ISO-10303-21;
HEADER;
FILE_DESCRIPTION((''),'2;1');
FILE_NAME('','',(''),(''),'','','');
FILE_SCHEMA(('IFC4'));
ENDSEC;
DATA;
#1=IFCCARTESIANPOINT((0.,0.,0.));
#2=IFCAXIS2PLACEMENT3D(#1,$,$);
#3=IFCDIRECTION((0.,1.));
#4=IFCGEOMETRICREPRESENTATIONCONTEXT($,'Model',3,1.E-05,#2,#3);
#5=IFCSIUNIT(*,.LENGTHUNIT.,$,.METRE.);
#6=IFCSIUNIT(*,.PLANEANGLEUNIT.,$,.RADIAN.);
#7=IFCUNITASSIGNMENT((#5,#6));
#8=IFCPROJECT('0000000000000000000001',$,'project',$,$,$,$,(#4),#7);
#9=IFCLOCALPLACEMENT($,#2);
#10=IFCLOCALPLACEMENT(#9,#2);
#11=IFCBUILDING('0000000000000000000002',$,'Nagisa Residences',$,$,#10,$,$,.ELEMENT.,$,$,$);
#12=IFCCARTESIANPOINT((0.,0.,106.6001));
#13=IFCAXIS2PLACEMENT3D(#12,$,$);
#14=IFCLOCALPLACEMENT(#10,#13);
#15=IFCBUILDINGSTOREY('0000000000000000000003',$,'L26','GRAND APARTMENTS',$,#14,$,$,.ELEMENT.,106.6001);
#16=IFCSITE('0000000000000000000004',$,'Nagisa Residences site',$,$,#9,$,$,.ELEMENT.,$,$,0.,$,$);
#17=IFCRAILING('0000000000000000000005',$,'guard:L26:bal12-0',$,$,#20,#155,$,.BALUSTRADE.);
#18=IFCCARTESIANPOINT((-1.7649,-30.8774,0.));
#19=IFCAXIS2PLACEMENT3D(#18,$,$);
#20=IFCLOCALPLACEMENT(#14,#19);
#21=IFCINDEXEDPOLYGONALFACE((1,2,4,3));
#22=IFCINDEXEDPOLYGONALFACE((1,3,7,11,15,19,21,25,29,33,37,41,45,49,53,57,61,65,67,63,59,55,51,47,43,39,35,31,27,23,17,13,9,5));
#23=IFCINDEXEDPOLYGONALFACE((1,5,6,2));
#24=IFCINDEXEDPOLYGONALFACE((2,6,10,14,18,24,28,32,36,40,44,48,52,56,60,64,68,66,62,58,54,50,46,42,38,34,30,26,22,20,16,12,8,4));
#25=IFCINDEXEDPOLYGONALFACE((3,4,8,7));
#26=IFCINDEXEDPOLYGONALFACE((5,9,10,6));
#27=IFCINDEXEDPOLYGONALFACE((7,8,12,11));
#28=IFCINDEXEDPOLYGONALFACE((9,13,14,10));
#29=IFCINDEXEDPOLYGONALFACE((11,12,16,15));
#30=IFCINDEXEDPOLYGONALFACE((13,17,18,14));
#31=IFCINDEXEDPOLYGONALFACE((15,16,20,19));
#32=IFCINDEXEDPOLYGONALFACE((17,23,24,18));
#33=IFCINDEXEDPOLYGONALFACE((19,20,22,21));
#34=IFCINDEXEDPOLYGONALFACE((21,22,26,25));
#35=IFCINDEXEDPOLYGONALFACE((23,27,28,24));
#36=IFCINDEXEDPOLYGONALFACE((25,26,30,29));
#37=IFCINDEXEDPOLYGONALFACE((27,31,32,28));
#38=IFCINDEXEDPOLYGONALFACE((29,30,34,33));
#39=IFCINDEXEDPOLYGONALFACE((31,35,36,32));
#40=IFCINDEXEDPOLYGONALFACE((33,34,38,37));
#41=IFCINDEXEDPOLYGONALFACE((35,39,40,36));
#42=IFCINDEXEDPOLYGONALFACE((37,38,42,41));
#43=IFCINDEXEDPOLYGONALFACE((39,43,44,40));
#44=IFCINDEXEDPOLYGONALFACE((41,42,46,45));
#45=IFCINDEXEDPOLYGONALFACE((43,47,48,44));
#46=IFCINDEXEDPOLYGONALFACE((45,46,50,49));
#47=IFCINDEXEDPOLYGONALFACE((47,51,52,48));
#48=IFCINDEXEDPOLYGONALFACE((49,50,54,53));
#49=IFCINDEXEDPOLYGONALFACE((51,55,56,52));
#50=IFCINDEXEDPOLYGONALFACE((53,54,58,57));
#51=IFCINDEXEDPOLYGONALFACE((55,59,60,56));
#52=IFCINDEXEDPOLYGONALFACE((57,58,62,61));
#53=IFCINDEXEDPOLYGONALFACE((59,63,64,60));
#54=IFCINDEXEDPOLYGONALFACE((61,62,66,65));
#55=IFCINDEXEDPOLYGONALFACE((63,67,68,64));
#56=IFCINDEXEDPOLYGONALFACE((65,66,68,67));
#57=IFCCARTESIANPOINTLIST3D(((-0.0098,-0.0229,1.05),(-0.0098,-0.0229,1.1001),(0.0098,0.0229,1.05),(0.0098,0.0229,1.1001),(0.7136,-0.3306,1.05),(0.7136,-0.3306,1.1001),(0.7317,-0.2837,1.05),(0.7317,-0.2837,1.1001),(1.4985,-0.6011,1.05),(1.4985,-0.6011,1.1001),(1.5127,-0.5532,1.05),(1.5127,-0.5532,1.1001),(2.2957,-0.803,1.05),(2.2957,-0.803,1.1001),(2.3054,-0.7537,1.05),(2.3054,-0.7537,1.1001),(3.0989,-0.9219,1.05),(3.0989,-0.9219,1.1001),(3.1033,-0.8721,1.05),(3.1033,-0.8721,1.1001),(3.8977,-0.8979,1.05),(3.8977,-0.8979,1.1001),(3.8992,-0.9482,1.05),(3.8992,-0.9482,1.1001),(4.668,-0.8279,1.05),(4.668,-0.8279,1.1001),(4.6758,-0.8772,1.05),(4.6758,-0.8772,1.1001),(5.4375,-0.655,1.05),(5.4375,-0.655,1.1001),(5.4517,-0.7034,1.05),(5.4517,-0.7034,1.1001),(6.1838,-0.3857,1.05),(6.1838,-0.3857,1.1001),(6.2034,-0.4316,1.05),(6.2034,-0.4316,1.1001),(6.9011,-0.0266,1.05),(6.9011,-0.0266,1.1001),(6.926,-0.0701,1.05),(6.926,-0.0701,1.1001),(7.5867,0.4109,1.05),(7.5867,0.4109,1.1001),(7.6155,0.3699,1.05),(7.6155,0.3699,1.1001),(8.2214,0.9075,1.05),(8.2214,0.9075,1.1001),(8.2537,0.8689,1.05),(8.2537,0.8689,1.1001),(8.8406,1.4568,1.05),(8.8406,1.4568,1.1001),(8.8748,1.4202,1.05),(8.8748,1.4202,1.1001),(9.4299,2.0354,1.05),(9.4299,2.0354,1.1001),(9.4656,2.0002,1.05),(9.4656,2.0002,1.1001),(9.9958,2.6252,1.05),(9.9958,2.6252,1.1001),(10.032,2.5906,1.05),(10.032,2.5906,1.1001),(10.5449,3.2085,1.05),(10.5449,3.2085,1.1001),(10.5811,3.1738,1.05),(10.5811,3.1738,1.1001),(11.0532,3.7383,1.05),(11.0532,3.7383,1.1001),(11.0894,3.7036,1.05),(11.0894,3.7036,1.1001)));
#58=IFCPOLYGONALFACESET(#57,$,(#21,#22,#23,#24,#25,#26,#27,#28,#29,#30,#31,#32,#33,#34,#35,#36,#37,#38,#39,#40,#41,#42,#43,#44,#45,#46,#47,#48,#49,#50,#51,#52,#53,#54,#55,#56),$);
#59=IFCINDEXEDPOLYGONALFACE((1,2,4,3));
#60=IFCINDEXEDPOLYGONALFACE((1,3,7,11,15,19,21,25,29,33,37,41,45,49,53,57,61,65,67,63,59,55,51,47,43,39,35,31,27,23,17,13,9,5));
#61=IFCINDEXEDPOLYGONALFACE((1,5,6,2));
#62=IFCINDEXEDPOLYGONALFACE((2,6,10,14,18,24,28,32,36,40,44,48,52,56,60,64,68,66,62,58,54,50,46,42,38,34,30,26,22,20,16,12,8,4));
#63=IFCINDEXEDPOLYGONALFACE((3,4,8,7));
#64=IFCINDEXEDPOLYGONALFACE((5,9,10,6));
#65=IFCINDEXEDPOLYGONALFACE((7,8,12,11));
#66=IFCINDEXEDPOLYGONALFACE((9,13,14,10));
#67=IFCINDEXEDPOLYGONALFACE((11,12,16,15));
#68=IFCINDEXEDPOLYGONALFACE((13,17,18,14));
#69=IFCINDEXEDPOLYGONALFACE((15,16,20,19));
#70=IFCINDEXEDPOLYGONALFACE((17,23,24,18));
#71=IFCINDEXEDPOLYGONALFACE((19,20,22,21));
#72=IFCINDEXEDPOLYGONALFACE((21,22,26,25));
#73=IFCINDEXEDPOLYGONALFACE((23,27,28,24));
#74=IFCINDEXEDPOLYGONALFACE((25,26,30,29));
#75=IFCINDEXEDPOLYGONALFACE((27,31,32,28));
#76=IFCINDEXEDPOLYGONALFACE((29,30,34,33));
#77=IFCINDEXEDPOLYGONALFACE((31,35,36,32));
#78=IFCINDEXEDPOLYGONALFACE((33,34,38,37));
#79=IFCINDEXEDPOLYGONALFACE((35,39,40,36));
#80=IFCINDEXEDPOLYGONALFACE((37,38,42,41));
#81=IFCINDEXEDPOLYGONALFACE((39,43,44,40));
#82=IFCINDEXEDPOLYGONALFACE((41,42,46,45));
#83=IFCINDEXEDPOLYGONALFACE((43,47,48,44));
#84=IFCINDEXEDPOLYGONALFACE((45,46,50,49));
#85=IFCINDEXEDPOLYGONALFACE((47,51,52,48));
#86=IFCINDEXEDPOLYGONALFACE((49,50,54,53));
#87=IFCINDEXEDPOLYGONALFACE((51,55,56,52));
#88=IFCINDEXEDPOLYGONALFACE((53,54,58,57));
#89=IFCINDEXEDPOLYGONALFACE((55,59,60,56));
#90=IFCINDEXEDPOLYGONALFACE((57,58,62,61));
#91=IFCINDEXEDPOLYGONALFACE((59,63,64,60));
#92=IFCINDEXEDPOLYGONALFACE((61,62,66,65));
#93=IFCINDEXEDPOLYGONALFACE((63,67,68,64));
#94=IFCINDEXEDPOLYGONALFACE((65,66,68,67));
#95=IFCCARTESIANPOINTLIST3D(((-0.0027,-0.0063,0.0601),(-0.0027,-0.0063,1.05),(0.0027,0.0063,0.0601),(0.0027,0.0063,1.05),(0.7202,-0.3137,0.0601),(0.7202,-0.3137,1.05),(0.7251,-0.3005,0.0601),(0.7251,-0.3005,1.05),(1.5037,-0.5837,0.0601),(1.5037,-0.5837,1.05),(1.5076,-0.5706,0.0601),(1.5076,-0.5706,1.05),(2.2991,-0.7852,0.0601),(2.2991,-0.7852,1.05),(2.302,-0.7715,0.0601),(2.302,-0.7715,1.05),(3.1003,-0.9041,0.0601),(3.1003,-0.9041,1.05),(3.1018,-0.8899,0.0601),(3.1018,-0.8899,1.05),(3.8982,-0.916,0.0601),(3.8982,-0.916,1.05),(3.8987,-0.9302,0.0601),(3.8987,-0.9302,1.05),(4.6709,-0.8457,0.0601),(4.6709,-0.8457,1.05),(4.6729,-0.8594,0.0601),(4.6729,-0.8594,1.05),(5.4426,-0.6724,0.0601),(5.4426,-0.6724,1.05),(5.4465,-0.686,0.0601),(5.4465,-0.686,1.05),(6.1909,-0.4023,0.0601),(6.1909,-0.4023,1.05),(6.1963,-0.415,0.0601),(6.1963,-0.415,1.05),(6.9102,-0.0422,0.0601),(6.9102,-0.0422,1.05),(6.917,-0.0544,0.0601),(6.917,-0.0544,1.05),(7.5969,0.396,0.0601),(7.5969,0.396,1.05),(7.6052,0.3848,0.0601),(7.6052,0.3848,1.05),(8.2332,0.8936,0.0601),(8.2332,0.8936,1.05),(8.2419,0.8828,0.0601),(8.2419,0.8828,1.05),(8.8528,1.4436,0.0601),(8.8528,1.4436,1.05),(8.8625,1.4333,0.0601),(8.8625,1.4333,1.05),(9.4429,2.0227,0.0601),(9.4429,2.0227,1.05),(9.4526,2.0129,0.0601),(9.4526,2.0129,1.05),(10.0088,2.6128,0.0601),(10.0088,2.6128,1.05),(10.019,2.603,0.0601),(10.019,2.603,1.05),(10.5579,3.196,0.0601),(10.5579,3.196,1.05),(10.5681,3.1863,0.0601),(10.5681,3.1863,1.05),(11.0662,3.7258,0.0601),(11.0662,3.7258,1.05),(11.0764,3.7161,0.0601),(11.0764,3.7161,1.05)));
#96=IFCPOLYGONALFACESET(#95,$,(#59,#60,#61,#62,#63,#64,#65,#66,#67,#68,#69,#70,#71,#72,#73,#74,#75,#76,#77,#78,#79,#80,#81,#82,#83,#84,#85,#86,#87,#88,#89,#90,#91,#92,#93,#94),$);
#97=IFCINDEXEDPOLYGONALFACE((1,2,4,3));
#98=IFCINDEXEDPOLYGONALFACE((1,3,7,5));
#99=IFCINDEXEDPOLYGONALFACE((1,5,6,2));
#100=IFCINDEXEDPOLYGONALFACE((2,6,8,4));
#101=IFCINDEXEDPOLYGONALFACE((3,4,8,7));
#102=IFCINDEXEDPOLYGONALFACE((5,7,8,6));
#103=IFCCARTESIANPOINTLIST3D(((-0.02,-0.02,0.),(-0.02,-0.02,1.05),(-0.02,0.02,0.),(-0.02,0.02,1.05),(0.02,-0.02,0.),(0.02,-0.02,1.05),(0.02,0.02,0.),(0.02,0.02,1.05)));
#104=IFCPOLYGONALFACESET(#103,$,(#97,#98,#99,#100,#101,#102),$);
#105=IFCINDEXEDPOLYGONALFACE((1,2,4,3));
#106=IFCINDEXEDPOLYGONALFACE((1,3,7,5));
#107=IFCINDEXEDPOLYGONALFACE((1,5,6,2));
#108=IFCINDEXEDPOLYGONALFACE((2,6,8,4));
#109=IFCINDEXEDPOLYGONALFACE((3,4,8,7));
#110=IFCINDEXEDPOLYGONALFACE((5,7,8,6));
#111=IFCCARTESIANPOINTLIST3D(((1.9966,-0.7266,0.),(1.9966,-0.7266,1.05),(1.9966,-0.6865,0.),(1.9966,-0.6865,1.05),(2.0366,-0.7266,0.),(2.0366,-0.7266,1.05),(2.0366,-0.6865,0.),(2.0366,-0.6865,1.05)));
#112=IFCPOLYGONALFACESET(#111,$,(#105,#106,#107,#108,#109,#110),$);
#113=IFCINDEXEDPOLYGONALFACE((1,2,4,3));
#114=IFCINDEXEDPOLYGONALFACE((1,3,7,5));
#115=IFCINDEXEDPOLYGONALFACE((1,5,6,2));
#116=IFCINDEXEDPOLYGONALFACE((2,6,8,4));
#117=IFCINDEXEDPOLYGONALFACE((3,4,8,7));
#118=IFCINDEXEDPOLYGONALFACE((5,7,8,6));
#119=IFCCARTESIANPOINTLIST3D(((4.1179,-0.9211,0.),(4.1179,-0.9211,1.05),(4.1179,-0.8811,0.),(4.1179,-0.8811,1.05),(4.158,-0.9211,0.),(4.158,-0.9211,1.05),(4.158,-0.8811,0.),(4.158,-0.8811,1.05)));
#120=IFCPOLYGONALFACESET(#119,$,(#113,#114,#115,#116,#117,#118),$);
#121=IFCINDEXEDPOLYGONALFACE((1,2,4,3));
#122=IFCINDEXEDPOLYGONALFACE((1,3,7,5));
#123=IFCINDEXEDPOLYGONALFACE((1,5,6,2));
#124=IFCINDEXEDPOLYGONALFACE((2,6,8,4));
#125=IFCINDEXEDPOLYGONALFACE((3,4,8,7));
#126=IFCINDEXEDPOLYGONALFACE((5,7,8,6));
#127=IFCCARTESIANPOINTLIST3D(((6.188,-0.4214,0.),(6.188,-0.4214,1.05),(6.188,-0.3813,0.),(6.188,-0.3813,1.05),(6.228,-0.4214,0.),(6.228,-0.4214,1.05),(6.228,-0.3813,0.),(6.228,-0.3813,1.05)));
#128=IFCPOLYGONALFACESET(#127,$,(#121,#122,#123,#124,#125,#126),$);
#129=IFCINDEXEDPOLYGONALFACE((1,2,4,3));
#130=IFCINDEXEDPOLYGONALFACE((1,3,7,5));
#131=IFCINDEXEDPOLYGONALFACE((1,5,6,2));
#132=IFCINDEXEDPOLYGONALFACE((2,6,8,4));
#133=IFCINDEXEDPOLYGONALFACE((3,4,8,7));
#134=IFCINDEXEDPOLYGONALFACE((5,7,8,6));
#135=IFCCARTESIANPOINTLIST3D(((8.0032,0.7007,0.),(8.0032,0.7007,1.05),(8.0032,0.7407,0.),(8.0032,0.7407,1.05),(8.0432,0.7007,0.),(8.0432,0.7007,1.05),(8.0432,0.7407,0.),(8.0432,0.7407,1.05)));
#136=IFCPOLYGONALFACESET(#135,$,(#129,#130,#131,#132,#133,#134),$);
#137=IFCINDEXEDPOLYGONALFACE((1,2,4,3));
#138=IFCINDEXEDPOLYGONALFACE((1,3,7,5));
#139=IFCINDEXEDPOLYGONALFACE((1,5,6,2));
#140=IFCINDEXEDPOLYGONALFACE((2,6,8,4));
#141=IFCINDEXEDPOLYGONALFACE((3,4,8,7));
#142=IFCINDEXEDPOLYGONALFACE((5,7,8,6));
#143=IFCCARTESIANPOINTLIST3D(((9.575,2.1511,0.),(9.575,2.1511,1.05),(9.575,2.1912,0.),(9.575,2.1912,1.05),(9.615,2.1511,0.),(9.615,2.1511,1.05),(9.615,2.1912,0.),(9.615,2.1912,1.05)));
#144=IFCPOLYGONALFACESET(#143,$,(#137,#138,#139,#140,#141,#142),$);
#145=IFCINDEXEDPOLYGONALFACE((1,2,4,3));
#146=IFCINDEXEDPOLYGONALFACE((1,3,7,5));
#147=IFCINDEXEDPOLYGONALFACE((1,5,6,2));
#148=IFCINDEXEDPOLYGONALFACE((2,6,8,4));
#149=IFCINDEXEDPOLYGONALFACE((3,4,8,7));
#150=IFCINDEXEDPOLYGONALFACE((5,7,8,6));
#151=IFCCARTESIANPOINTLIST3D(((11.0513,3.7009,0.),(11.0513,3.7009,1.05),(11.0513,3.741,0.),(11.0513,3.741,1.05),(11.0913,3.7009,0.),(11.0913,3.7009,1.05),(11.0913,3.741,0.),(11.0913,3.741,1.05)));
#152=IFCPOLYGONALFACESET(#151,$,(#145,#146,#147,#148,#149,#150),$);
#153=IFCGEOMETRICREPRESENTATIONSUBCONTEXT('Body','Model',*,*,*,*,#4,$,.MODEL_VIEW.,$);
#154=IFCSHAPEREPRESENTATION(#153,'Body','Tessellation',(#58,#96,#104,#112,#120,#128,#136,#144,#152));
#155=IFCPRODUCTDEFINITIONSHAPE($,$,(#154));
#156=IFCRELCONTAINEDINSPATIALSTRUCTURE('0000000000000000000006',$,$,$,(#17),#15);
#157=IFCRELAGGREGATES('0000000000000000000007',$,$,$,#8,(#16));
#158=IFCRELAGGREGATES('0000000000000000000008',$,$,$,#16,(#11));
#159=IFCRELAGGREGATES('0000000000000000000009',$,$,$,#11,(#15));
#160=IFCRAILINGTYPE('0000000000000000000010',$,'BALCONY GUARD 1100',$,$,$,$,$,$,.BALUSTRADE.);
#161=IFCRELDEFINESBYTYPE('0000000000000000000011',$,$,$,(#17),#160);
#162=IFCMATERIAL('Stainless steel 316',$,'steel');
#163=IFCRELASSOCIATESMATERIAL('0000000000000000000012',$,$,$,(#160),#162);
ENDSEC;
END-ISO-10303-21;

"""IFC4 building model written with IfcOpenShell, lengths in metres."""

from ifc_helpers import new_model, si_unit, direction, frame, origin, origin_2d, place, context, subcontext, project, spatial, polyline, rectangle, outline, extrude, material, type_object, element, save


model = new_model("IFC4")

# Units and contexts
model_context = context("Model", 3, precision=1e-05, world=origin(), true_north=direction((0.0, 1.0)))
body_context = subcontext(model_context, "Body", "Model", "MODEL_VIEW")
ifc_project = project(units=[si_unit("LENGTHUNIT", "METRE"), si_unit("PLANEANGLEUNIT", "RADIAN")], contexts=[model_context])

# Site, building, storey
site_placement = place(None, origin())
site = spatial("IfcSite", under=ifc_project, at=site_placement, Name="Nagisa Residences site", CompositionType="ELEMENT", RefElevation=0.0)
building_placement = place(site_placement, origin())
building = spatial("IfcBuilding", under=site, at=building_placement, Name="Nagisa Residences", CompositionType="ELEMENT")
storey_placement = place(building_placement, frame((0.0, 0.0, 106.6001)))
storey = spatial("IfcBuildingStorey", under=building, at=storey_placement, Name="L26", Description="GRAND APARTMENTS", CompositionType="ELEMENT", Elevation=106.6001)

# Railing
ifc_material_1 = material(Name="Stainless steel 316", Category="steel")
railing_type = type_object("IfcRailingType", Name="BALCONY GUARD 1100", PredefinedType="BALUSTRADE", material=ifc_material_1)
railing_placement = place(storey_placement, frame((-1.7649, -30.8774, 0.0)))
element("IfcRailing", 1, at=railing_placement, inside=storey, type_object=railing_type, Name="guard:L26:bal12-0", PredefinedType="BALUSTRADE", context=body_context, shape_type="SweptSolid", body=[
    extrude(outline(polyline([(0.7317, -0.2837), (0.0098, 0.0229), (-0.0098, -0.0229), (0.7136, -0.3306), (1.4985, -0.6011), (2.2957, -0.803), (3.0989, -0.9219), (3.8992, -0.9482), (4.6758, -0.8772), (5.4517, -0.7034), (6.2034, -0.4316), (6.926, -0.0701), (7.6155, 0.3699), (8.2537, 0.8689), (8.8748, 1.4202), (9.4656, 2.0002), (10.032, 2.5906), (10.5811, 3.1738), (11.0894, 3.7036), (11.0532, 3.7383), (10.5449, 3.2085), (9.9958, 2.6252), (9.4299, 2.0354), (8.8406, 1.4568), (8.2214, 0.9075), (7.5867, 0.4109), (6.9011, -0.0266), (6.1838, -0.3857), (5.4375, -0.655), (4.668, -0.8279), (3.8977, -0.8979), (3.1033, -0.8721), (2.3054, -0.7537), (1.5127, -0.5532), (0.7317, -0.2837)])), frame((0.0, 0.0, 1.05)), (0.0, 0.0, 1.0), 0.05),
    extrude(outline(polyline([(0.7251, -0.3005), (0.0027, 0.0063), (-0.0027, -0.0063), (0.7202, -0.3137), (1.5037, -0.5837), (2.2991, -0.7852), (3.1003, -0.9041), (3.8987, -0.9302), (4.6729, -0.8594), (5.4465, -0.686), (6.1963, -0.415), (6.917, -0.0544), (7.6052, 0.3848), (8.2419, 0.8828), (8.8625, 1.4333), (9.4526, 2.0129), (10.019, 2.603), (10.5681, 3.1863), (11.0764, 3.7161), (11.0662, 3.7258), (10.5579, 3.196), (10.0088, 2.6128), (9.4429, 2.0227), (8.8528, 1.4436), (8.2332, 0.8936), (7.5969, 0.396), (6.9102, -0.0422), (6.1909, -0.4023), (5.4426, -0.6724), (4.6709, -0.8457), (3.8982, -0.916), (3.1018, -0.8899), (2.302, -0.7715), (1.5076, -0.5706), (0.7251, -0.3005)])), frame((0.0, 0.0, 0.0601)), (0.0, 0.0, 1.0), 0.99),
    extrude(rectangle(XDim=0.04, YDim=0.04, at=origin_2d()), origin(), (0.0, 0.0, 1.0), 1.05),
    extrude(rectangle(XDim=0.04, YDim=0.04, at=origin_2d()), frame((2.0166, -0.7065, 0.0)), (0.0, 0.0, 1.0), 1.05),
    extrude(rectangle(XDim=0.04, YDim=0.04, at=origin_2d()), frame((4.1379, -0.9011, 0.0)), (0.0, 0.0, 1.0), 1.05),
    extrude(rectangle(XDim=0.04, YDim=0.04, at=origin_2d()), frame((6.208, -0.4014, 0.0)), (0.0, 0.0, 1.0), 1.05),
    extrude(rectangle(XDim=0.04, YDim=0.04, at=origin_2d()), frame((8.0232, 0.7207, 0.0)), (0.0, 0.0, 1.0), 1.05),
    extrude(rectangle(XDim=0.04, YDim=0.04, at=origin_2d()), frame((9.595, 2.1711, 0.0)), (0.0, 0.0, 1.0), 1.05),
    extrude(rectangle(XDim=0.04, YDim=0.04, at=origin_2d()), frame((11.0713, 3.7209, 0.0)), (0.0, 0.0, 1.0), 1.05),
])

save(model, "model.ifc")
